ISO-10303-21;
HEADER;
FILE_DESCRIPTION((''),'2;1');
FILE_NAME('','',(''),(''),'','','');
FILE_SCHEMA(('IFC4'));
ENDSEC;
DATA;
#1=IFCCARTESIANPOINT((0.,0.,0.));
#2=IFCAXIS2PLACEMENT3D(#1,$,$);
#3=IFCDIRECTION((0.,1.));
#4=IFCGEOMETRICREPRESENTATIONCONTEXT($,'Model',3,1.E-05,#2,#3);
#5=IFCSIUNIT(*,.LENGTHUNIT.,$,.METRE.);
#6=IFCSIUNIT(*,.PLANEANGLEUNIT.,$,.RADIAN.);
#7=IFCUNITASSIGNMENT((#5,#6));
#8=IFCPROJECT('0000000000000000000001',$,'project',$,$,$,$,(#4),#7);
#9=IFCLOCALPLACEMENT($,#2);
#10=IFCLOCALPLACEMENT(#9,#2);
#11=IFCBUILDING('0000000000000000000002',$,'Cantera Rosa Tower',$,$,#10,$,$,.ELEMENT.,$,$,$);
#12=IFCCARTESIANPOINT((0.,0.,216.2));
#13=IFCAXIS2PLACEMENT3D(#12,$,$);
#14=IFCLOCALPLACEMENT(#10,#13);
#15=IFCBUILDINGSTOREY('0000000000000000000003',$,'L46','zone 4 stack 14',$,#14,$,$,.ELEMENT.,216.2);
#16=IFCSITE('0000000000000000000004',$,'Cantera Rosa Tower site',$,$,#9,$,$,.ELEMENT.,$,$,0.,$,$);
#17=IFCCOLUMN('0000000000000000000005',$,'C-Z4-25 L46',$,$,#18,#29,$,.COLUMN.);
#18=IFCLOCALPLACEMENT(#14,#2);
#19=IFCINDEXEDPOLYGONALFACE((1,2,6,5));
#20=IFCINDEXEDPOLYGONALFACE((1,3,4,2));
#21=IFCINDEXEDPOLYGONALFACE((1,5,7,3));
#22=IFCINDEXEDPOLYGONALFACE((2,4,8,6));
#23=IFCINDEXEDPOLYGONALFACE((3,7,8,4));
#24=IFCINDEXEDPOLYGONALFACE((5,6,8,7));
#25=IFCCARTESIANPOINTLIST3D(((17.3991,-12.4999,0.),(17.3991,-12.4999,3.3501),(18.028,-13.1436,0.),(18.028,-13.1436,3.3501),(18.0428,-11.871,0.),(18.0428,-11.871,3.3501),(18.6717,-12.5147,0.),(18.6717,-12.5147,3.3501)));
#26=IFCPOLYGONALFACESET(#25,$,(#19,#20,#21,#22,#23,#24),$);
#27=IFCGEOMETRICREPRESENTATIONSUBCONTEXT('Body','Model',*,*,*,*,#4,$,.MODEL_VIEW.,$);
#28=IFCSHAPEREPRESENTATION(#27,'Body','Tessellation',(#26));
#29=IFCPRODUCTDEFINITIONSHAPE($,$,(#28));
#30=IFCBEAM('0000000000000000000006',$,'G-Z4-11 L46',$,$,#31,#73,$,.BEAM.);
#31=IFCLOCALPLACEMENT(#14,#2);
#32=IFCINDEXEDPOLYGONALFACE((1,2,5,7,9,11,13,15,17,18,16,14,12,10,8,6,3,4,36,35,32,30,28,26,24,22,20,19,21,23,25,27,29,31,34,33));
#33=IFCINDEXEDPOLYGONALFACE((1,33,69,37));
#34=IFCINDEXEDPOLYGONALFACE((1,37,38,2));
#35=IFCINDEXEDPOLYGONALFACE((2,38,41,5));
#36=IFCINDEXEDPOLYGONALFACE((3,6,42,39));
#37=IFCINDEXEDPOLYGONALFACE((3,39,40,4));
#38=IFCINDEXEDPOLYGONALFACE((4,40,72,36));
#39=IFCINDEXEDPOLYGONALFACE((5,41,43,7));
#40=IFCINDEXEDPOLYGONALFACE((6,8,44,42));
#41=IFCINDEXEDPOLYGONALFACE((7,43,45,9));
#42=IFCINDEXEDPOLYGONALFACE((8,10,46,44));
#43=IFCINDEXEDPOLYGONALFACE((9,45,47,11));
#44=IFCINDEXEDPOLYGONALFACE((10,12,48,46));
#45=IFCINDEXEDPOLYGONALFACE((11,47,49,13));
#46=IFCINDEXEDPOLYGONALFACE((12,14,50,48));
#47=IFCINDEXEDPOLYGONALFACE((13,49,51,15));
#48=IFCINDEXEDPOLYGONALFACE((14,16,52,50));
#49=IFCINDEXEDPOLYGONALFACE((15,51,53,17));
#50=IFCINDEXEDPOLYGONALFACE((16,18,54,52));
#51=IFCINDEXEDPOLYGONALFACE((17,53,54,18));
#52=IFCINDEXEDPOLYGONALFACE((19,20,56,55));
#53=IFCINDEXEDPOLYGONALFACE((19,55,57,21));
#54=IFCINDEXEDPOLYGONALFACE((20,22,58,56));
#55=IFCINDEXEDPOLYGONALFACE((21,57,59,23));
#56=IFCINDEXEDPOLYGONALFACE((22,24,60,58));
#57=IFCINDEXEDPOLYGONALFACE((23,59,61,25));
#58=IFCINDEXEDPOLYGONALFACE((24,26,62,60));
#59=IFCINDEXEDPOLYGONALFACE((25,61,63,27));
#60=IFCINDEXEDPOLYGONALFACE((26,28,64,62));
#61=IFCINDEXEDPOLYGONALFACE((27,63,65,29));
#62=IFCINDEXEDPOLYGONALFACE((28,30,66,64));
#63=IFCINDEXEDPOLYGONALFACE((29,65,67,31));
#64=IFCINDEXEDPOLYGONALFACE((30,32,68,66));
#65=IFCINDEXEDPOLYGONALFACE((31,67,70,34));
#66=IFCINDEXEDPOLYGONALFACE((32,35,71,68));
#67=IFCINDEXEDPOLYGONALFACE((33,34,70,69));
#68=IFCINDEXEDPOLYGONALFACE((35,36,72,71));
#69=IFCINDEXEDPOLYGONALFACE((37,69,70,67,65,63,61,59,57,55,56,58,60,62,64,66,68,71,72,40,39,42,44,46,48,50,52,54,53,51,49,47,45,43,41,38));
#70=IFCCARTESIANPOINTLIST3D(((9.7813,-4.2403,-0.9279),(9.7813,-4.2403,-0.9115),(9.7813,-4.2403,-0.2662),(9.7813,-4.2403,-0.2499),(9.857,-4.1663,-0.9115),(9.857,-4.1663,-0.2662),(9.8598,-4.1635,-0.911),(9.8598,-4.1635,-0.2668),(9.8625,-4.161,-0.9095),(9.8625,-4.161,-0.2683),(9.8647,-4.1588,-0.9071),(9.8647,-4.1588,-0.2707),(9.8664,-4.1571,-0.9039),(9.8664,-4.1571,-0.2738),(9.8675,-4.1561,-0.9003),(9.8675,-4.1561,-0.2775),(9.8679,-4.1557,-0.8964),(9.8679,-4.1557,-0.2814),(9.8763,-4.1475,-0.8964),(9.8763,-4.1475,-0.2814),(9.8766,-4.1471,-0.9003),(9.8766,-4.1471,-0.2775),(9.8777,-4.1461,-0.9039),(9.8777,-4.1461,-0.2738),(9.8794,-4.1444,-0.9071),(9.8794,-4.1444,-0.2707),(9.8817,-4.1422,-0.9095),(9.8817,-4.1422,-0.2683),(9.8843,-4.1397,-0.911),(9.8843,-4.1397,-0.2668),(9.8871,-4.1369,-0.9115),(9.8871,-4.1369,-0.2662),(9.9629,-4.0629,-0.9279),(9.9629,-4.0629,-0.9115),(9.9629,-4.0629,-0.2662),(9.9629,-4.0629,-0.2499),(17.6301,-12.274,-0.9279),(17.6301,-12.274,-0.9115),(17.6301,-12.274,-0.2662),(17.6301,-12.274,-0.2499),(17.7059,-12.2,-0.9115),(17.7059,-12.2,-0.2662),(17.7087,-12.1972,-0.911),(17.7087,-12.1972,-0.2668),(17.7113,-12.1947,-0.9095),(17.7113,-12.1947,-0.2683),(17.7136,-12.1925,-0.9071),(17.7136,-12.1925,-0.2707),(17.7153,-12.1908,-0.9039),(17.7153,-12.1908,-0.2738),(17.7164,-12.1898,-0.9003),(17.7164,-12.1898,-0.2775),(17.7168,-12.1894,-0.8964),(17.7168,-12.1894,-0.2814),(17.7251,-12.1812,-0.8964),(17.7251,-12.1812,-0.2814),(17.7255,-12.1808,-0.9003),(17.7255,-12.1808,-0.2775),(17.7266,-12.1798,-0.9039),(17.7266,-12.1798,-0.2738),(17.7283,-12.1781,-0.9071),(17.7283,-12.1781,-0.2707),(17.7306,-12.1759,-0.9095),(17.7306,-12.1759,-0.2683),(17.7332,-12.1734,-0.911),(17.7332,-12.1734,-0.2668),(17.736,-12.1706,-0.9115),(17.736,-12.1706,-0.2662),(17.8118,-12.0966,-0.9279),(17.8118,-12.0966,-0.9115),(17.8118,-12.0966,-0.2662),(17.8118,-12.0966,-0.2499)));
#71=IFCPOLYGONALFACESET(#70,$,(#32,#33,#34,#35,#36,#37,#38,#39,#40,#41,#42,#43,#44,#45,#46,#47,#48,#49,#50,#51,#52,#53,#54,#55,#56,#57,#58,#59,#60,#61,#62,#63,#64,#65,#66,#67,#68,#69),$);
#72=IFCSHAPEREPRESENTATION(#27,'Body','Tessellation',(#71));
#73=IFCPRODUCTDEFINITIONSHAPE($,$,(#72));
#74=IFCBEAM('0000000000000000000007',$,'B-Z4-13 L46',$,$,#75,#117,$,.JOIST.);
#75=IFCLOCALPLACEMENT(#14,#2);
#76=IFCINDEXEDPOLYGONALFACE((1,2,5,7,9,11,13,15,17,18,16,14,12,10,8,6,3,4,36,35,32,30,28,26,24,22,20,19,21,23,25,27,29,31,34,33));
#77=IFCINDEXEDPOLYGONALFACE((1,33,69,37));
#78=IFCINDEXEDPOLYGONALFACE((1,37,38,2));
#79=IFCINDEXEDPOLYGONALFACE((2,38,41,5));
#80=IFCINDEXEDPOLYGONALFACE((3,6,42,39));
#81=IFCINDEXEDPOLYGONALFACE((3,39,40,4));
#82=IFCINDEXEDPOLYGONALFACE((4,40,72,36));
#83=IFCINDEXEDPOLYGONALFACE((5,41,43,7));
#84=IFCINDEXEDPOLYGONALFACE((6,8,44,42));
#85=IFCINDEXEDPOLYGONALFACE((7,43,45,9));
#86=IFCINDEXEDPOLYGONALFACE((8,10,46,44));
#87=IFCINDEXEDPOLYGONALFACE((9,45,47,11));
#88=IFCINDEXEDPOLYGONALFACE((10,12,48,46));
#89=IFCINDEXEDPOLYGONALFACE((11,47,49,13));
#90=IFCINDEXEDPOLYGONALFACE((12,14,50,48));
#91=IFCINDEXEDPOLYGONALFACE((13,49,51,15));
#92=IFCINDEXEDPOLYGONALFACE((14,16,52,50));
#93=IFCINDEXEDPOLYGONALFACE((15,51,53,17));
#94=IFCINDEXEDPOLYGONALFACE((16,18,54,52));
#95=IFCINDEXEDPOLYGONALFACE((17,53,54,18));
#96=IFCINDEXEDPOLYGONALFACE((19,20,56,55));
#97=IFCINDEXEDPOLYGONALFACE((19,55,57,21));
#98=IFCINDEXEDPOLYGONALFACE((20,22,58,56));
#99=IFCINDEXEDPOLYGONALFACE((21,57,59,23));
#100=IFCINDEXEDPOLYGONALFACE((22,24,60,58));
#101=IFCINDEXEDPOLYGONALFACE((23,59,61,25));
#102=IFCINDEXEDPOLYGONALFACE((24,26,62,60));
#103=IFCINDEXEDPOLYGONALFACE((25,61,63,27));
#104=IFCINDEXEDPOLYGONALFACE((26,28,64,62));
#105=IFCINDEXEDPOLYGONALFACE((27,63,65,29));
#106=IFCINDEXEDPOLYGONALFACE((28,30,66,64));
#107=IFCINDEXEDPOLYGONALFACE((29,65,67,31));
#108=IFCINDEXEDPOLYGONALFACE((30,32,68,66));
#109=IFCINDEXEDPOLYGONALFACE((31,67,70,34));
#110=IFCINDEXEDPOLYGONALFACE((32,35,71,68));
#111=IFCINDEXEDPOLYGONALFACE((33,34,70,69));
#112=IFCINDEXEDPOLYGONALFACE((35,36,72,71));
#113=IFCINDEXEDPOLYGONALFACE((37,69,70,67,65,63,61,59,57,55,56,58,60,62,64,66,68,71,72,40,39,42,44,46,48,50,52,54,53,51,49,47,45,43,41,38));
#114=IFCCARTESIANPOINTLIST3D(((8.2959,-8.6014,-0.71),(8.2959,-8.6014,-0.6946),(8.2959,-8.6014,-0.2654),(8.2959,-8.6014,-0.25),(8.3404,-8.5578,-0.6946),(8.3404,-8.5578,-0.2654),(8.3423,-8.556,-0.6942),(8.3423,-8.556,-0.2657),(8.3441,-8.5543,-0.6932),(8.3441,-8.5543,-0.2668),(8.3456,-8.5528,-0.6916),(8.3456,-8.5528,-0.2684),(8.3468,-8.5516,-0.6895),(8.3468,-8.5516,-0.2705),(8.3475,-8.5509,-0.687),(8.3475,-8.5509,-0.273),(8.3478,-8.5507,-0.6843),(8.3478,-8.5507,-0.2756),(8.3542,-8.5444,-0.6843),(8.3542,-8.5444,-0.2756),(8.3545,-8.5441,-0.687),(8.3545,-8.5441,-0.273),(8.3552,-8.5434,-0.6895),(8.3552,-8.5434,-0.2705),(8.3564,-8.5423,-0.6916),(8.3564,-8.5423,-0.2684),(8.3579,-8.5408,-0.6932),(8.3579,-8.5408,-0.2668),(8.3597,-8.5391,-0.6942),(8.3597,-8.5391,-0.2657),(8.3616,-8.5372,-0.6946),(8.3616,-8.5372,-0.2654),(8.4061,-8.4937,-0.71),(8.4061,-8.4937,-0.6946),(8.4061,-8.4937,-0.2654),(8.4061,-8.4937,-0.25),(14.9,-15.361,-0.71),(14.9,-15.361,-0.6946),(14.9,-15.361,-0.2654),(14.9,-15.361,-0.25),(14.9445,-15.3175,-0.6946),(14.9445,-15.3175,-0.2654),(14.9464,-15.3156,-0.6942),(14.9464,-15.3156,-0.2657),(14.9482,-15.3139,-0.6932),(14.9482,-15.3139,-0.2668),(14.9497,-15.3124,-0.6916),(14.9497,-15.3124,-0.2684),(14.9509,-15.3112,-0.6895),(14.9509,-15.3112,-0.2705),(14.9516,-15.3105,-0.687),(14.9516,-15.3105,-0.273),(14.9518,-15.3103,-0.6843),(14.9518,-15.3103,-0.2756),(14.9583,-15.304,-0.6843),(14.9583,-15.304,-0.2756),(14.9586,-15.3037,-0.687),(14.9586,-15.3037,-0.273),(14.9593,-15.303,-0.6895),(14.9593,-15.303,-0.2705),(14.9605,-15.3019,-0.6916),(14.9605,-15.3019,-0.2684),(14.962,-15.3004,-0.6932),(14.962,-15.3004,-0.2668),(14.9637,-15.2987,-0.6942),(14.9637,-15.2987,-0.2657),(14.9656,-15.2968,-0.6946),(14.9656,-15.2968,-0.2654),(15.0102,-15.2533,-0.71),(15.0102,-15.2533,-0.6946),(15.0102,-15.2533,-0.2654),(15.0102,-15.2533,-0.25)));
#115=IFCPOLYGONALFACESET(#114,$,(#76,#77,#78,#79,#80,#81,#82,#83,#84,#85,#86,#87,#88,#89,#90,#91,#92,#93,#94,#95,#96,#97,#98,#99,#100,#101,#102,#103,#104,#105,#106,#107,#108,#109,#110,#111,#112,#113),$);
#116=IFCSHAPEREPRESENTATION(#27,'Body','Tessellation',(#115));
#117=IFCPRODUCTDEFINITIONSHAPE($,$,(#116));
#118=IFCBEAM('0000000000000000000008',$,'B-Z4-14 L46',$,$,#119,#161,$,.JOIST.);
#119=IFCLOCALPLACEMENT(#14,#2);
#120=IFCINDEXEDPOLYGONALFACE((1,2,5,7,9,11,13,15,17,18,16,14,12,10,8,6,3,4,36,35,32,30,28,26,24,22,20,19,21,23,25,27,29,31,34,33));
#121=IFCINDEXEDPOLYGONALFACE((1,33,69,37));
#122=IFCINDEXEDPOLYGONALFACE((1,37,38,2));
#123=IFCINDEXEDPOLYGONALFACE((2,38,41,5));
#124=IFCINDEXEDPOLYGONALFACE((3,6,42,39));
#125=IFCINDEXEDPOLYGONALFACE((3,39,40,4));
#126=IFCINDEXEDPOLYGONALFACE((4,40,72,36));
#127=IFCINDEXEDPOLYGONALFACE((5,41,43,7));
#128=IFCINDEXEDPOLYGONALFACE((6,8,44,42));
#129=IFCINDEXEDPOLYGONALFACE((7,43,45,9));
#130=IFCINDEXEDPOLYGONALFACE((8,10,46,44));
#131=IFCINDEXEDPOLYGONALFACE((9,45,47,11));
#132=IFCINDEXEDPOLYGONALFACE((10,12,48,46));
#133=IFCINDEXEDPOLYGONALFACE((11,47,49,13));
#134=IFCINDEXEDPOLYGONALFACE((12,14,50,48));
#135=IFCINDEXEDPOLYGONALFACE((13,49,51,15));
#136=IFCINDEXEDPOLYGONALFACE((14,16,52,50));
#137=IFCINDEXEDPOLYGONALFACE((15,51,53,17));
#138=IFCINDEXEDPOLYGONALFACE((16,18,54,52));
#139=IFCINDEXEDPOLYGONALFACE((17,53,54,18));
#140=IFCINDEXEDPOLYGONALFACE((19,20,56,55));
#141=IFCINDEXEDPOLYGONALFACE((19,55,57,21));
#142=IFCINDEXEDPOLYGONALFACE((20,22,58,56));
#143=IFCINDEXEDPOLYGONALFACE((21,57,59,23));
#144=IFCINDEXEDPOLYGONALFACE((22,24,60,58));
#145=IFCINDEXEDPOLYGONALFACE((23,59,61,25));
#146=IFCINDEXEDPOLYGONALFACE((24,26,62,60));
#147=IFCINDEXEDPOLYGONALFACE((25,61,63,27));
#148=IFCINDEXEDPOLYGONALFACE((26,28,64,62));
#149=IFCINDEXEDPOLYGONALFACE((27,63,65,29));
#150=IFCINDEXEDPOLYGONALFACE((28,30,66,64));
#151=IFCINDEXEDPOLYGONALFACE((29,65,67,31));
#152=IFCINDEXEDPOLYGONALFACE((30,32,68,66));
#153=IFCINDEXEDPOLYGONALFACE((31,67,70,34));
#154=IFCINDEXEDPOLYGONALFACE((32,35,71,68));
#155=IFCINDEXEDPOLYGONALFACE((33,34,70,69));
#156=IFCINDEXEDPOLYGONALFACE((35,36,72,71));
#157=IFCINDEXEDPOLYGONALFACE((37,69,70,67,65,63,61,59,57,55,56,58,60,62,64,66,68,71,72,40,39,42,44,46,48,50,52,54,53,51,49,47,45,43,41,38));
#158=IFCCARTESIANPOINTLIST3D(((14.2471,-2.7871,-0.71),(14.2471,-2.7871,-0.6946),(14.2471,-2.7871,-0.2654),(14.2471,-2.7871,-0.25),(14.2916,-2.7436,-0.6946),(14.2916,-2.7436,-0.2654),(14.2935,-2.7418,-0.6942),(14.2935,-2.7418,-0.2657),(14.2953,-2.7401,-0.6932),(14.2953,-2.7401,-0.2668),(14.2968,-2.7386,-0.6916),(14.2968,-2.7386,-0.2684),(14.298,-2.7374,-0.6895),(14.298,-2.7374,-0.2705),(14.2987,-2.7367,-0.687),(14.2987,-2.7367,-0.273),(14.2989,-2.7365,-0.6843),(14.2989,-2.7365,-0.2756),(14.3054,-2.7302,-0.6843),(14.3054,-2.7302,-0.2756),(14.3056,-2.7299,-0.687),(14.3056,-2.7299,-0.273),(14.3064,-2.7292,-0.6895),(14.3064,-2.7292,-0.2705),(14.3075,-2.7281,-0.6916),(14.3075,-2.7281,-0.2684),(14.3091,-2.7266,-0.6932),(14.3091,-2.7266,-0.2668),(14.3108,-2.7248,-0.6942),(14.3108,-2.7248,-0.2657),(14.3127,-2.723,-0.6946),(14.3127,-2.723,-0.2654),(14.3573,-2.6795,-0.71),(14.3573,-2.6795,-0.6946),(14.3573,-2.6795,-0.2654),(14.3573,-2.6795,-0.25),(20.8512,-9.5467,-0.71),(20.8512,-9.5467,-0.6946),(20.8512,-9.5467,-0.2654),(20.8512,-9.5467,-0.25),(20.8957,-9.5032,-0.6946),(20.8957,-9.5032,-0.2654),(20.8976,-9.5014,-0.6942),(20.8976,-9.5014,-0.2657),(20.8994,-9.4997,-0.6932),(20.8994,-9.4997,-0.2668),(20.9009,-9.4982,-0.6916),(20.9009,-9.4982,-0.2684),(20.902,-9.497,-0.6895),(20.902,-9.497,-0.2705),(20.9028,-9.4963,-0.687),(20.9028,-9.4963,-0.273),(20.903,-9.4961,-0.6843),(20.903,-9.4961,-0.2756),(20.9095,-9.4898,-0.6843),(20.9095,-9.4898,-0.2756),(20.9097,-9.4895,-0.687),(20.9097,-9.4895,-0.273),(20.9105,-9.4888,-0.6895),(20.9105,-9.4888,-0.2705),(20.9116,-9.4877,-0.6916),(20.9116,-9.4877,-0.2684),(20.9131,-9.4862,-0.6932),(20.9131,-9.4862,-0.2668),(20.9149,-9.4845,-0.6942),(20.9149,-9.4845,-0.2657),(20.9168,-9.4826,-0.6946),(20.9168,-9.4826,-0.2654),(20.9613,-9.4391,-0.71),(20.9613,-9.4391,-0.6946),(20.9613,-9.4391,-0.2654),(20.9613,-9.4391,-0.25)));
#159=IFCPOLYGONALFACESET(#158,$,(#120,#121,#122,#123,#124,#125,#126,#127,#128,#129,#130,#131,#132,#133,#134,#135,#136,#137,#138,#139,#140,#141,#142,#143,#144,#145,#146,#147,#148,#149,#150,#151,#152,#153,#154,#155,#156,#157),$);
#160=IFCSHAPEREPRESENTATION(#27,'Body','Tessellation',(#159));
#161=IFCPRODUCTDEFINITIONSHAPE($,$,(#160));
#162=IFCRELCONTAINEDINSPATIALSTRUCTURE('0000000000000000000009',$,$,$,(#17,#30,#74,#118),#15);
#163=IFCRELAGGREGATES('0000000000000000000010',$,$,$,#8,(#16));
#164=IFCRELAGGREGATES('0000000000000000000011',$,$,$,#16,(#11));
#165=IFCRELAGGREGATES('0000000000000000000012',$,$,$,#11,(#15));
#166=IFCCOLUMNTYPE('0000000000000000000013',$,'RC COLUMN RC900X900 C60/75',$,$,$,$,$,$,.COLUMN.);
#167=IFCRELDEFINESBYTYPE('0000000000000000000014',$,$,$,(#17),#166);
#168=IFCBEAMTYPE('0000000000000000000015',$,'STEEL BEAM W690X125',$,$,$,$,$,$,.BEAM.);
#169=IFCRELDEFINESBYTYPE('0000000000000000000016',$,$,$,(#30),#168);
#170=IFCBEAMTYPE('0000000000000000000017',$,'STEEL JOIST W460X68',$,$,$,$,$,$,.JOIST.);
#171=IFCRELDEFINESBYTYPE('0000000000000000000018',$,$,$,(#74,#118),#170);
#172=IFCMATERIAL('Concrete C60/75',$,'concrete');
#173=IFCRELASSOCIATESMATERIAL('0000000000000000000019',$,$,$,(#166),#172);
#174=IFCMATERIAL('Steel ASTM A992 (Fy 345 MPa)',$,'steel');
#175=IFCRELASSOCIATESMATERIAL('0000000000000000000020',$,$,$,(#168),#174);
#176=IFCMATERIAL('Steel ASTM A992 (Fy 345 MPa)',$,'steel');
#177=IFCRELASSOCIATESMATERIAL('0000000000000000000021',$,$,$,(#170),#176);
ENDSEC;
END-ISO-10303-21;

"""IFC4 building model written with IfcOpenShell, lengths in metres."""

from ifc_helpers import new_model, si_unit, direction, frame, origin, origin_2d, place, context, subcontext, project, spatial, rectangle, i_section, extrude, material, material_profile, profile_set, type_object, element, save


model = new_model("IFC4")

# Units and contexts
model_context = context("Model", 3, precision=1e-05, world=origin(), true_north=direction((0.0, 1.0)))
body_context = subcontext(model_context, "Body", "Model", "MODEL_VIEW")
ifc_project = project(units=[si_unit("LENGTHUNIT", "METRE"), si_unit("PLANEANGLEUNIT", "RADIAN")], contexts=[model_context])

# Site, building, storey
site_placement = place(None, origin())
site = spatial("IfcSite", under=ifc_project, at=site_placement, Name="Cantera Rosa Tower site", CompositionType="ELEMENT", RefElevation=0.0)
building_placement = place(site_placement, origin())
building = spatial("IfcBuilding", under=site, at=building_placement, Name="Cantera Rosa Tower", CompositionType="ELEMENT")
storey_placement = place(building_placement, frame((0.0, 0.0, 216.2)))
storey = spatial("IfcBuildingStorey", under=building, at=storey_placement, Name="L46", Description="zone 4 stack 14", CompositionType="ELEMENT", Elevation=216.2)

# Column
ifc_material_1 = material(Name="Concrete C60/75", Category="concrete")
ifc_material_profile_1 = material_profile(ifc_material_1, rectangle(XDim=0.8999, YDim=0.8999, at=origin_2d()), Name="RC COLUMN RC900X900 C60/75")
ifc_profile_set_1 = profile_set([ifc_material_profile_1], Name="Concrete C60/75")
column_type = type_object("IfcColumnType", Name="RC COLUMN RC900X900 C60/75", PredefinedType="COLUMN", material=ifc_profile_set_1)
column_placement = place(storey_placement, frame((18.0354, -12.5073, 0.0), z_axis=(0.0, 0.0, 1.0), x_axis=(0.715286, 0.698832, 0.0)))
element("IfcColumn", 1, at=column_placement, inside=storey, type_object=column_type, Name="C-Z4-25 L46", PredefinedType="COLUMN", context=body_context, shape_type="SweptSolid", body=[
    extrude(rectangle(XDim=0.8999, YDim=0.8999, at=origin_2d()), origin(), (0.0, 0.0, 1.0), 3.3501),
])

# Beams
ifc_material_2 = material(Name="Steel ASTM A992 (Fy 345 MPa)", Category="steel")
ifc_material_profile_2 = material_profile(ifc_material_2, i_section(OverallWidth=0.2539, OverallDepth=0.678, WebThickness=0.0117, FlangeThickness=0.0164, FilletRadius=0.0151, at=origin_2d()), Name="W690X125")
ifc_profile_set_2 = profile_set([ifc_material_profile_2], Name="Steel ASTM A992 (Fy 345 MPa)")
beam_type_1 = type_object("IfcBeamType", Name="STEEL BEAM W690X125", PredefinedType="BEAM", material=ifc_profile_set_2)
beam_placement = place(storey_placement, frame((17.7209, -12.1853, -0.5889), z_axis=(-0.698831, 0.715286, 0.0), x_axis=(-0.715286, -0.698831, 0.0)))
element("IfcBeam", 2, at=beam_placement, inside=storey, type_object=beam_type_1, Name="G-Z4-11 L46", PredefinedType="BEAM", context=body_context, shape_type="SweptSolid", body=[
    extrude(i_section(OverallWidth=0.2539, OverallDepth=0.678, WebThickness=0.0117, FlangeThickness=0.0164, FilletRadius=0.0151, at=origin_2d()), origin(), (0.0, 0.0, 1.0), 11.2314),
])
ifc_material_3 = material(Name="Steel ASTM A992 (Fy 345 MPa)", Category="steel")
ifc_material_profile_3 = material_profile(ifc_material_3, i_section(OverallWidth=0.1541, OverallDepth=0.46, WebThickness=0.009, FlangeThickness=0.0154, FilletRadius=0.0103, at=origin_2d()), Name="W460X68")
ifc_profile_set_3 = profile_set([ifc_material_profile_3], Name="Steel ASTM A992 (Fy 345 MPa)")
beam_type_2 = type_object("IfcBeamType", Name="STEEL JOIST W460X68", PredefinedType="JOIST", material=ifc_profile_set_3)
for number, where, z_axis, x_axis, name in (
    (3, (14.9551, -15.3071, -0.48), (-0.698831, 0.715287, 0.0), (-0.715287, -0.698831, 0.0), "B-Z4-13 L46"),
    (4, (20.9062, -9.4929, -0.48), (-0.698831, 0.715287, 0.0), (-0.715287, -0.698831, 0.0), "B-Z4-14 L46"),
):
    element("IfcBeam", number, at=place(storey_placement, frame(where, z_axis=z_axis, x_axis=x_axis)), inside=storey, type_object=beam_type_2, Name=name, PredefinedType="JOIST", context=body_context, shape_type="SweptSolid", body=[
        extrude(i_section(OverallWidth=0.1541, OverallDepth=0.46, WebThickness=0.009, FlangeThickness=0.0154, FilletRadius=0.0103, at=origin_2d()), origin(), (0.0, 0.0, 1.0), 9.4502),
    ])

save(model, "model.ifc")
